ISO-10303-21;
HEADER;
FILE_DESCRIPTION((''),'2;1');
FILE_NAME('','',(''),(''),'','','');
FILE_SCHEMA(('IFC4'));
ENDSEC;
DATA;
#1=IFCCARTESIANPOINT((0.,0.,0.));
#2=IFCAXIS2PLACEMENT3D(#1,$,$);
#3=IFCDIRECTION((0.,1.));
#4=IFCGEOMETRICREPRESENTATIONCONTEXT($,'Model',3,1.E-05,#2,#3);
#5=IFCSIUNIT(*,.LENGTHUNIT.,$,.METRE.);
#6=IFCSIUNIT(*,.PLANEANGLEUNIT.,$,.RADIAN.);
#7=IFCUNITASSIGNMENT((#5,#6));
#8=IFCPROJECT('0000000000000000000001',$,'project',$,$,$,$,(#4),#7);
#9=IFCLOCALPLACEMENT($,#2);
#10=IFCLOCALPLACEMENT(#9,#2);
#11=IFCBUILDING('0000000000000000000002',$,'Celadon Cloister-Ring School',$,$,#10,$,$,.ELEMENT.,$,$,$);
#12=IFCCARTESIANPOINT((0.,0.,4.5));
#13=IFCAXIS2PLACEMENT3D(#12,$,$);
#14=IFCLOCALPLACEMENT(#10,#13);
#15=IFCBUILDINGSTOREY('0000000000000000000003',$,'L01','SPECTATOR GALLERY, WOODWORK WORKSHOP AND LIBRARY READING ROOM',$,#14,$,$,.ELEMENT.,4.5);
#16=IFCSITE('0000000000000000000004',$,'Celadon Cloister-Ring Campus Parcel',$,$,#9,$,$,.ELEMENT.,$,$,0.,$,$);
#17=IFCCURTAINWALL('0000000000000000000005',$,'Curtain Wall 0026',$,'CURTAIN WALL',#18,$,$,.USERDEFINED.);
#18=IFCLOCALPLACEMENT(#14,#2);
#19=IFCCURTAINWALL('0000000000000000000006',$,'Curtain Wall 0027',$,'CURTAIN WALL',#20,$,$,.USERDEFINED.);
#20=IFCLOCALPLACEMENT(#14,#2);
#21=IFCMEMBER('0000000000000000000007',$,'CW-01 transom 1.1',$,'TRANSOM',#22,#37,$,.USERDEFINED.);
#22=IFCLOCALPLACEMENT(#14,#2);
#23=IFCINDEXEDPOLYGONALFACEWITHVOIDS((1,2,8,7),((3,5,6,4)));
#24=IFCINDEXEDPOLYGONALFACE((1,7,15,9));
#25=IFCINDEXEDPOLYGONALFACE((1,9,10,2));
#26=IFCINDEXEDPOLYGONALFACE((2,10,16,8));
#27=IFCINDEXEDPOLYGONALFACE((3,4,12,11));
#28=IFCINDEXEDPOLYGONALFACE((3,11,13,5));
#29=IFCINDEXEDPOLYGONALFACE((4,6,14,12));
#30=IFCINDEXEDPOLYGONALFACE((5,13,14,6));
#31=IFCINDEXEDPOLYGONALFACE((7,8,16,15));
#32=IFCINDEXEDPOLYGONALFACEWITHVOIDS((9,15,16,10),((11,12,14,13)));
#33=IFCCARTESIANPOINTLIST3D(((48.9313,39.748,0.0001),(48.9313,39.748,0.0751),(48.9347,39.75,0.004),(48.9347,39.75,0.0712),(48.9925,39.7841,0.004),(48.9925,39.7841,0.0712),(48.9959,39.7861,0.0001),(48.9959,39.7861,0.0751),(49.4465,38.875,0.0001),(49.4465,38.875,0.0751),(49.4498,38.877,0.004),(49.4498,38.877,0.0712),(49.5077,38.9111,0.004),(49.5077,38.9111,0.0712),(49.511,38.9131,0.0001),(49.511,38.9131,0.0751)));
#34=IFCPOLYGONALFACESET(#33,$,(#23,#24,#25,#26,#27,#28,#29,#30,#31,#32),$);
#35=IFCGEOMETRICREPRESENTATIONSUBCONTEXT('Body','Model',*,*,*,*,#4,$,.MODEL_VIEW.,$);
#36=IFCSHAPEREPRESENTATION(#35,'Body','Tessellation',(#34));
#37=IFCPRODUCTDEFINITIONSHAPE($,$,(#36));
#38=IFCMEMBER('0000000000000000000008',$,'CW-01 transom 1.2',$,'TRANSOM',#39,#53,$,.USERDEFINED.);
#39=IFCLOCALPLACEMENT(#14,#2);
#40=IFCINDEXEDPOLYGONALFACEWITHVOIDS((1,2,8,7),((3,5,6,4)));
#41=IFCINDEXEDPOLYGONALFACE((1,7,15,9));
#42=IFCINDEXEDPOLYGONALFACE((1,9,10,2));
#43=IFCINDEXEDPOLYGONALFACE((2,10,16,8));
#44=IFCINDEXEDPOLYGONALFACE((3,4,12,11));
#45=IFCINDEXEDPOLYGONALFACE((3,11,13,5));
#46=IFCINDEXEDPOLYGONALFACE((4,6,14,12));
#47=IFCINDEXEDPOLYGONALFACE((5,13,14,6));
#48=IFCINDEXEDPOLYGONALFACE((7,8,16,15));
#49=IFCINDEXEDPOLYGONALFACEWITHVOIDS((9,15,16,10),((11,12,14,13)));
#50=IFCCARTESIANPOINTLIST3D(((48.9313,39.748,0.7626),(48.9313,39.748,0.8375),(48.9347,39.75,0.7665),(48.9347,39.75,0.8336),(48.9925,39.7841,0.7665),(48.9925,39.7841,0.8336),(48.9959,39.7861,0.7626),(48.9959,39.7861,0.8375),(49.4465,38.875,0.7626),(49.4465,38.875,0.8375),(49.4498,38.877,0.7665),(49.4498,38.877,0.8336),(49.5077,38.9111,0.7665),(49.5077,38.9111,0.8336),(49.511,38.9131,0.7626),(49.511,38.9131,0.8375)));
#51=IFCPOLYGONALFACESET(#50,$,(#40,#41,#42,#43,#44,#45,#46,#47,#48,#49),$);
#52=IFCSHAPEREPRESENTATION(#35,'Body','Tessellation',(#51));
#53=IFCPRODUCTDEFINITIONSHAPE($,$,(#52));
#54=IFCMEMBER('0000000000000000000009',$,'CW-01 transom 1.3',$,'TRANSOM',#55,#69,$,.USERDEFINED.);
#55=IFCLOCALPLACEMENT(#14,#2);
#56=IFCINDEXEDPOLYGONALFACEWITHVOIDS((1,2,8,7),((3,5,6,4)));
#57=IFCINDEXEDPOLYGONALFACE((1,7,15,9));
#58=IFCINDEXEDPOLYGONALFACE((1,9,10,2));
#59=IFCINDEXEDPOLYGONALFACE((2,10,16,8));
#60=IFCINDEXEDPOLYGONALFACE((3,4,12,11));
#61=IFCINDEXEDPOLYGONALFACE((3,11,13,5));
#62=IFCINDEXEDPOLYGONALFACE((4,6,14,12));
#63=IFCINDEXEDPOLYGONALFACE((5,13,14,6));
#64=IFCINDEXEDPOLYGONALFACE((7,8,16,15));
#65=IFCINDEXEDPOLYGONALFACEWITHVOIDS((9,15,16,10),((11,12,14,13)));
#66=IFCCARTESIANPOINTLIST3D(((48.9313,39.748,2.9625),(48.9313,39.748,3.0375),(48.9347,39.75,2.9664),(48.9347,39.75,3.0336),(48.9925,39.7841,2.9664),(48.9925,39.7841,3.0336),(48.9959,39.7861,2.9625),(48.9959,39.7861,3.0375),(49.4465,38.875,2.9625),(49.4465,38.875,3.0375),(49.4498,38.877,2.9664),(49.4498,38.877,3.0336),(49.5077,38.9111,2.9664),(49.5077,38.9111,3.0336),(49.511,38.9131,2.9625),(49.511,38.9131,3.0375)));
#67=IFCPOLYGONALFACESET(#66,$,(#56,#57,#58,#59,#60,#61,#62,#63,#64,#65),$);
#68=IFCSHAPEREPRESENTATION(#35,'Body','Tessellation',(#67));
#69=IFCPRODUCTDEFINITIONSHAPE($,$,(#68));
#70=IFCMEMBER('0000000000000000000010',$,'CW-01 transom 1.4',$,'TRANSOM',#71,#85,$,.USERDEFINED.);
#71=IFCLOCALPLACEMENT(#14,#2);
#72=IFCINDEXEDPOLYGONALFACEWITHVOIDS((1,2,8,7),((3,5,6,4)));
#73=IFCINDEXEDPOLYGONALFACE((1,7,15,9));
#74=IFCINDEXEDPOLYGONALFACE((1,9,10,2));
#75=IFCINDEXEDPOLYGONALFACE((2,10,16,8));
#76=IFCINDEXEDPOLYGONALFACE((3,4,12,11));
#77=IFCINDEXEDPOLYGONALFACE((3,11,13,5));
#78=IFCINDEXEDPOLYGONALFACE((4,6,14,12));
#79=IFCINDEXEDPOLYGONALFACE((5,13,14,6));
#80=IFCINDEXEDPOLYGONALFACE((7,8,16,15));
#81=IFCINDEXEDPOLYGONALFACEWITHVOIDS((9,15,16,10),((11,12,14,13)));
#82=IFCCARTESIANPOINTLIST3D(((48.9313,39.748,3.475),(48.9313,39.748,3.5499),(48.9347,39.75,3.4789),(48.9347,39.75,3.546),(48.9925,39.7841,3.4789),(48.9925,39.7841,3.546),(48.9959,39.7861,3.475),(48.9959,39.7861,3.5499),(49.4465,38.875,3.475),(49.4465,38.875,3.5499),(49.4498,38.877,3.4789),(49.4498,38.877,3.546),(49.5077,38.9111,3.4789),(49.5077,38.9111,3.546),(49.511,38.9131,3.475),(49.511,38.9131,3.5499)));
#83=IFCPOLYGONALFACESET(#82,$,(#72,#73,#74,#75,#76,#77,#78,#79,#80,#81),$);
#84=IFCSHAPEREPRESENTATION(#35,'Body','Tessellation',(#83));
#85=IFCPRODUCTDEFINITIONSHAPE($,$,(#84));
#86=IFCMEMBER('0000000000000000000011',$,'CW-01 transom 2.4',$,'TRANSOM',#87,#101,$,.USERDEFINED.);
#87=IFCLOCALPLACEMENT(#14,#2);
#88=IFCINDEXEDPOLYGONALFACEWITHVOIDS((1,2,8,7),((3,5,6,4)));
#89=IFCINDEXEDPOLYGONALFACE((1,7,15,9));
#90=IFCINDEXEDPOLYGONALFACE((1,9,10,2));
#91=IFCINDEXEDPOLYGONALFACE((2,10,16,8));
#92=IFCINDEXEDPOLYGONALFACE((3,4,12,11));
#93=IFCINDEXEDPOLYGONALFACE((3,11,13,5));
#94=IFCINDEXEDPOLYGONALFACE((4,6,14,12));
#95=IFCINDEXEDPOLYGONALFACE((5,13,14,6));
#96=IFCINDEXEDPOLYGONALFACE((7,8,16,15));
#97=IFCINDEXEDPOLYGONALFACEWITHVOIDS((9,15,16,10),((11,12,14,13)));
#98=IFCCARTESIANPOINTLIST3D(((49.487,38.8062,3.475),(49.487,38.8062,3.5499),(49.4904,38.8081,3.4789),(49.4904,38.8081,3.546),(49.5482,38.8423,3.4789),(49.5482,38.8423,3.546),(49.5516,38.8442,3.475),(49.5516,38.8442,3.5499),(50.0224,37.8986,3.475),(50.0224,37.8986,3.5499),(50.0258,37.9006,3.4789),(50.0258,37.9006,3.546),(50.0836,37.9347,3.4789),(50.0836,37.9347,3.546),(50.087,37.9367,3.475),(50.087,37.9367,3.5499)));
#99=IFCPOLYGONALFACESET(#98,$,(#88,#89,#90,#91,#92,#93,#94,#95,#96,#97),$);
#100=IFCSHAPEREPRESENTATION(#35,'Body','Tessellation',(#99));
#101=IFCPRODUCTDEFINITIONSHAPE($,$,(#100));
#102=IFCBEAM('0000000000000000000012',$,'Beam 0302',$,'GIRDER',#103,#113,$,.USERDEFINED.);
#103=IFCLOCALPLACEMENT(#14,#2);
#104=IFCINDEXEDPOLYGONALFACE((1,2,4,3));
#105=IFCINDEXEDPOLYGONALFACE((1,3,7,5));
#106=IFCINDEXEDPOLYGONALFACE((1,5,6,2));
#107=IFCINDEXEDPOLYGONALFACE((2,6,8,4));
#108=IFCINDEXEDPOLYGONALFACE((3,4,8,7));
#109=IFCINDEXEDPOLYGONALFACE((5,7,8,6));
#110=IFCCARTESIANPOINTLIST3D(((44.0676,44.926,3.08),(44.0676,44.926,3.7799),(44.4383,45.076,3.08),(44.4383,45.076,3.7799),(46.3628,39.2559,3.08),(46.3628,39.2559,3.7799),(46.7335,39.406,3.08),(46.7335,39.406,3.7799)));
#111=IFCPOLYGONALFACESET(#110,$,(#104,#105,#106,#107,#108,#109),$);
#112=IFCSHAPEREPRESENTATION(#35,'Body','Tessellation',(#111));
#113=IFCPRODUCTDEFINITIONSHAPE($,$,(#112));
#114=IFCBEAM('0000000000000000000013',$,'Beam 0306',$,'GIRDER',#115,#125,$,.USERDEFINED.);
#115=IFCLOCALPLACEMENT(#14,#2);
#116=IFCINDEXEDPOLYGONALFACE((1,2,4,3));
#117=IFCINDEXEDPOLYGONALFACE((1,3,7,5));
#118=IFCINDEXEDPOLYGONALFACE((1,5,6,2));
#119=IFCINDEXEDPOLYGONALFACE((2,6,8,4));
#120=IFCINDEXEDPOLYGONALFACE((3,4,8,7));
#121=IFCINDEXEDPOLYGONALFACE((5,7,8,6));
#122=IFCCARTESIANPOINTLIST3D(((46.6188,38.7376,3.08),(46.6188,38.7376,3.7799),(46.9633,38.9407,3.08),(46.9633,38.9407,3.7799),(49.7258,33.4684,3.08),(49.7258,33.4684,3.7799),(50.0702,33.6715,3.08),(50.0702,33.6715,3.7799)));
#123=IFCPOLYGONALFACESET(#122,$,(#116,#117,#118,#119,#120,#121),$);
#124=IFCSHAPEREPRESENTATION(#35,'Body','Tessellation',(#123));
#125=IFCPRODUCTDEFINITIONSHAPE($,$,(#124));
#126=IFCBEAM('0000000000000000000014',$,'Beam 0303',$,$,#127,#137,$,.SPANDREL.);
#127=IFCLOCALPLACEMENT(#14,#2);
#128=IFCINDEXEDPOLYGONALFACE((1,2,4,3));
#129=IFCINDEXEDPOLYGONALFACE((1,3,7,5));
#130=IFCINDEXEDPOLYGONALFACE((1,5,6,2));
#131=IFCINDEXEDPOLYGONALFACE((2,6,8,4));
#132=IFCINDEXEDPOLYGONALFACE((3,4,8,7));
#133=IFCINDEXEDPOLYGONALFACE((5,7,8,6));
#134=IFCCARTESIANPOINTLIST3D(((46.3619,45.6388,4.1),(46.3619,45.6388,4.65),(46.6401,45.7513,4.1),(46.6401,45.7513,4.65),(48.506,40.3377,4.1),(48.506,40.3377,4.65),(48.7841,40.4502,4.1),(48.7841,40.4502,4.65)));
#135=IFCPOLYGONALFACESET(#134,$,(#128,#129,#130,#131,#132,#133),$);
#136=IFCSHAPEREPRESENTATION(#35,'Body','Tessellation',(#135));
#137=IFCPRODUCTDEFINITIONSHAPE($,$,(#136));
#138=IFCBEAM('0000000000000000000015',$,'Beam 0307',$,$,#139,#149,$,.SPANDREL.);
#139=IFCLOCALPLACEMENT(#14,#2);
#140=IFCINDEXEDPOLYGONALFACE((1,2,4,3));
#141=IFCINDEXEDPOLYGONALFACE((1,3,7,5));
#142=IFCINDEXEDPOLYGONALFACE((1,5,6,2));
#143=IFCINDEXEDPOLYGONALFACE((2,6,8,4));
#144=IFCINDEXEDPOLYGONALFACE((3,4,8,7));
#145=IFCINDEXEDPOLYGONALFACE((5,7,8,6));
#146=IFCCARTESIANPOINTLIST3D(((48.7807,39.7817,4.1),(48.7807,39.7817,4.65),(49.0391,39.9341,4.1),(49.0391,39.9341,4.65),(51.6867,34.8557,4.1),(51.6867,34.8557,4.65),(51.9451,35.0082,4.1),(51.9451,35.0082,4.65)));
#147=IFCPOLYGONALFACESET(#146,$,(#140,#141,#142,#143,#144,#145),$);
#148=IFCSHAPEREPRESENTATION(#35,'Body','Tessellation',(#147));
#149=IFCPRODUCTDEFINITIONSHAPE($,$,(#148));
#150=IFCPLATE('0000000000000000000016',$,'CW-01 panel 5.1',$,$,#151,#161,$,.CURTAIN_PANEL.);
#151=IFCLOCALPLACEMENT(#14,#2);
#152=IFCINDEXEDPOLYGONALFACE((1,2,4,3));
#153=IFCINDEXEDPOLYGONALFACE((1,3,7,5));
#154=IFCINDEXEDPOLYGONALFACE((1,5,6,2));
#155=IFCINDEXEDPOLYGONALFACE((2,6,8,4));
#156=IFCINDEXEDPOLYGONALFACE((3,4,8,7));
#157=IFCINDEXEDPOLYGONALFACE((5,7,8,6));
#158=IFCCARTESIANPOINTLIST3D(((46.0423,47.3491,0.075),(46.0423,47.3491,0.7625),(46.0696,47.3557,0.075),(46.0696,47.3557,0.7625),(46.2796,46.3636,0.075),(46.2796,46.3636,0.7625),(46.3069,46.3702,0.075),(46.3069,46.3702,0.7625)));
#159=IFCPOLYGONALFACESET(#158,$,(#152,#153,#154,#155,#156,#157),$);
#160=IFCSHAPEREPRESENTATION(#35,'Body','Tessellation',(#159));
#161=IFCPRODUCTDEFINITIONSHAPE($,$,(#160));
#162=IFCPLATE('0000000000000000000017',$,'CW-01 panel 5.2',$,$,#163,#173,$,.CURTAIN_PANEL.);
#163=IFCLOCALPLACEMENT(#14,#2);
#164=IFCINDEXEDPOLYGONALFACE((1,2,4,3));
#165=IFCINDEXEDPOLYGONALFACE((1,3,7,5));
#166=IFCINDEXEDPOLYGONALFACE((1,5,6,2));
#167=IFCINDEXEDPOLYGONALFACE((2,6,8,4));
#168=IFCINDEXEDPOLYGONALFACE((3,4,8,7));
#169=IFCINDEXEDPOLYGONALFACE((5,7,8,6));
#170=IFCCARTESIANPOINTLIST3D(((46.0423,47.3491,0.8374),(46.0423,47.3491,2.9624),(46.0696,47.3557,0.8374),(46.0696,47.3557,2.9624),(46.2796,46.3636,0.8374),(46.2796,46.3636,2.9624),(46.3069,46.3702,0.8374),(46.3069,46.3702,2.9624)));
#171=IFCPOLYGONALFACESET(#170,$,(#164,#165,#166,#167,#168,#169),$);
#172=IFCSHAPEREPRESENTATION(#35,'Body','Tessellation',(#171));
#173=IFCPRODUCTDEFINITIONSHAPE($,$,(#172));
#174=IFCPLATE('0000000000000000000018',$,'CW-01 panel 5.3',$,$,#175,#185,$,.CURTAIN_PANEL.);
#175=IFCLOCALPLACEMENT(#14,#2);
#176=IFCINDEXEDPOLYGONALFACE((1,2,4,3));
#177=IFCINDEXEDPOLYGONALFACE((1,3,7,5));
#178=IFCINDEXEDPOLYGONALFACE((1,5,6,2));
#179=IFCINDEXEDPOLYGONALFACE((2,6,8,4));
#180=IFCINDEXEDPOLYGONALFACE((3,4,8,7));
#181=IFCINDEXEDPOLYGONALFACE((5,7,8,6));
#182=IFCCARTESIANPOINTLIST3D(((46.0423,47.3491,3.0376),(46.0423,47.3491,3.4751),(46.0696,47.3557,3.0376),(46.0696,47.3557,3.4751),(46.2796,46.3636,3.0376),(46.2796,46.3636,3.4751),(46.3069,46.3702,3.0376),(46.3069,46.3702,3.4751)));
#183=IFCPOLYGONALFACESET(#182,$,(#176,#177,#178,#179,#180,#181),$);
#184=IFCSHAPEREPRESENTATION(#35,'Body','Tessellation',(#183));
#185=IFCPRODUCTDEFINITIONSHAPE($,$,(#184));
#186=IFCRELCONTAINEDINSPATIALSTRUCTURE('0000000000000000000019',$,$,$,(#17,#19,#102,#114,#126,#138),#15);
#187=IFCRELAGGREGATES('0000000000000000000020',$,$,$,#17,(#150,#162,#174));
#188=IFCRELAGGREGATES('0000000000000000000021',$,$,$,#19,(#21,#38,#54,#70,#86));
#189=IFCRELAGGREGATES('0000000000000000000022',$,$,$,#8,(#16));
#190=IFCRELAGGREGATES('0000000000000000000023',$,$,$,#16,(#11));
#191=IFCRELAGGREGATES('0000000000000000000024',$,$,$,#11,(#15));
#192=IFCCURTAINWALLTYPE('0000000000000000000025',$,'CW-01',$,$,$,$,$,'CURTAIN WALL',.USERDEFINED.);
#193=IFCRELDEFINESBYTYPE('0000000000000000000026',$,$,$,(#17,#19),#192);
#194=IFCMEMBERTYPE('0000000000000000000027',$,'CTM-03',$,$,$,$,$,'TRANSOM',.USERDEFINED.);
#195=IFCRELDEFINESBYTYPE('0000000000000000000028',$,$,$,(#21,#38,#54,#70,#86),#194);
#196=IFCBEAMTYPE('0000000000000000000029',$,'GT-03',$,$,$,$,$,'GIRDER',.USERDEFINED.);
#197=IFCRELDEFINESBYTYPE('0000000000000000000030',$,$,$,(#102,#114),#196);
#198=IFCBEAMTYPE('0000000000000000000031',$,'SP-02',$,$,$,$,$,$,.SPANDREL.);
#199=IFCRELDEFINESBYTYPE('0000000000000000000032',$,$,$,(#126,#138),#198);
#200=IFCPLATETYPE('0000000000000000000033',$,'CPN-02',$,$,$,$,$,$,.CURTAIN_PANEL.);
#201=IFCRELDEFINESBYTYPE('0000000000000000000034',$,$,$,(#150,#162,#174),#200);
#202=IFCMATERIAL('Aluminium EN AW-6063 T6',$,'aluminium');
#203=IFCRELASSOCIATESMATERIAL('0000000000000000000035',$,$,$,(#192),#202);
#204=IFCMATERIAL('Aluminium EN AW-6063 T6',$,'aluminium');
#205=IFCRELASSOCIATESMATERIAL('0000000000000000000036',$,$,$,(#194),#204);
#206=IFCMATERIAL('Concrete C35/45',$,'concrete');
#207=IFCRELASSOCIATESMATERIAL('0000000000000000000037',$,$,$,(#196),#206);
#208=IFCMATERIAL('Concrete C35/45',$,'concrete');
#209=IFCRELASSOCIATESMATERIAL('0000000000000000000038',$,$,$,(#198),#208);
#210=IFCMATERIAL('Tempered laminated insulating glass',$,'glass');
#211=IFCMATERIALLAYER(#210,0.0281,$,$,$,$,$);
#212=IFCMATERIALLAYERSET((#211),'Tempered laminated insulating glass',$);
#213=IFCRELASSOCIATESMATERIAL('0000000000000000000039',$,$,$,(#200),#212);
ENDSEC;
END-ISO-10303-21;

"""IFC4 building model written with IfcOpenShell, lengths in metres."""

from ifc_helpers import new_model, si_unit, direction, frame, origin, origin_2d, place, context, subcontext, project, spatial, rectangle, hollow_rectangle, extrude, material, layer, layer_set, material_profile, profile_set, type_object, element, aggregate, save


model = new_model("IFC4")

# Units and contexts
model_context = context("Model", 3, precision=1e-05, world=origin(), true_north=direction((0.0, 1.0)))
body_context = subcontext(model_context, "Body", "Model", "MODEL_VIEW")
ifc_project = project(units=[si_unit("LENGTHUNIT", "METRE"), si_unit("PLANEANGLEUNIT", "RADIAN")], contexts=[model_context])

# Site, building, storey
site_placement = place(None, origin())
site = spatial("IfcSite", under=ifc_project, at=site_placement, Name="Celadon Cloister-Ring Campus Parcel", CompositionType="ELEMENT", RefElevation=0.0)
building_placement = place(site_placement, origin())
building = spatial("IfcBuilding", under=site, at=building_placement, Name="Celadon Cloister-Ring School", CompositionType="ELEMENT")
storey_placement = place(building_placement, frame((0.0, 0.0, 4.5)))
storey = spatial("IfcBuildingStorey", under=building, at=storey_placement, Name="L01", Description="SPECTATOR GALLERY, WOODWORK WORKSHOP AND LIBRARY READING ROOM", CompositionType="ELEMENT", Elevation=4.5)

# Curtain wall
ifc_material_1 = material(Name="Aluminium EN AW-6063 T6", Category="aluminium")
curtain_wall_type = type_object("IfcCurtainWallType", Name="CW-01", ElementType="CURTAIN WALL", PredefinedType="USERDEFINED", material=ifc_material_1)
curtain_wall_1_placement = place(storey_placement, origin())
curtain_wall_1 = element("IfcCurtainWall", 1, at=curtain_wall_1_placement, inside=storey, type_object=curtain_wall_type, Name="Curtain Wall 0026", ObjectType="CURTAIN WALL", PredefinedType="USERDEFINED")

# Curtain wall
curtain_wall_2_placement = place(storey_placement, origin())
curtain_wall_2 = element("IfcCurtainWall", 2, at=curtain_wall_2_placement, inside=storey, type_object=curtain_wall_type, Name="Curtain Wall 0027", ObjectType="CURTAIN WALL", PredefinedType="USERDEFINED")

# Members
ifc_material_2 = material(Name="Aluminium EN AW-6063 T6", Category="aluminium")
ifc_material_profile_1 = material_profile(ifc_material_2, hollow_rectangle(XDim=0.075, YDim=0.075, WallThickness=0.0039, at=origin_2d()), Name="RHS75X75X4")
ifc_profile_set_1 = profile_set([ifc_material_profile_1], Name="Aluminium EN AW-6063 T6")
member_type_1 = type_object("IfcMemberType", Name="CTM-03", ElementType="TRANSOM", PredefinedType="USERDEFINED", material=ifc_profile_set_1)
member_1_placement = place(storey_placement, frame((48.9636, 39.7671, 0.0376), z_axis=(0.508177, -0.861252, 0.0), x_axis=(0.861252, 0.508177, 0.0)))
member_1 = element("IfcMember", 3, at=member_1_placement, type_object=member_type_1, Name="CW-01 transom 1.1", ObjectType="TRANSOM", PredefinedType="USERDEFINED", context=body_context, shape_type="SweptSolid", body=[
    extrude(hollow_rectangle(XDim=0.075, YDim=0.075, WallThickness=0.0039, at=origin_2d()), origin(), (0.0, 0.0, 1.0), 1.0137),
])
member_2_placement = place(storey_placement, frame((48.9636, 39.7671, 0.8), z_axis=(0.508177, -0.861252, 0.0), x_axis=(0.861252, 0.508177, 0.0)))
member_2 = element("IfcMember", 4, at=member_2_placement, type_object=member_type_1, Name="CW-01 transom 1.2", ObjectType="TRANSOM", PredefinedType="USERDEFINED", context=body_context, shape_type="SweptSolid", body=[
    extrude(hollow_rectangle(XDim=0.075, YDim=0.075, WallThickness=0.0039, at=origin_2d()), origin(), (0.0, 0.0, 1.0), 1.0137),
])
member_3_placement = place(storey_placement, frame((48.9636, 39.7671, 3.0), z_axis=(0.508177, -0.861252, 0.0), x_axis=(0.861252, 0.508177, 0.0)))
member_3 = element("IfcMember", 5, at=member_3_placement, type_object=member_type_1, Name="CW-01 transom 1.3", ObjectType="TRANSOM", PredefinedType="USERDEFINED", context=body_context, shape_type="SweptSolid", body=[
    extrude(hollow_rectangle(XDim=0.075, YDim=0.075, WallThickness=0.0039, at=origin_2d()), origin(), (0.0, 0.0, 1.0), 1.0137),
])
member_4_placement = place(storey_placement, frame((48.9636, 39.7671, 3.5125), z_axis=(0.508177, -0.861252, 0.0), x_axis=(0.861252, 0.508177, 0.0)))
member_4 = element("IfcMember", 6, at=member_4_placement, type_object=member_type_1, Name="CW-01 transom 1.4", ObjectType="TRANSOM", PredefinedType="USERDEFINED", context=body_context, shape_type="SweptSolid", body=[
    extrude(hollow_rectangle(XDim=0.075, YDim=0.075, WallThickness=0.0039, at=origin_2d()), origin(), (0.0, 0.0, 1.0), 1.0137),
])
member_5_placement = place(storey_placement, frame((49.5193, 38.8252, 3.5125), z_axis=(0.508144, -0.861272, 0.0), x_axis=(0.861272, 0.508144, 0.0)))
member_5 = element("IfcMember", 7, at=member_5_placement, type_object=member_type_1, Name="CW-01 transom 2.4", ObjectType="TRANSOM", PredefinedType="USERDEFINED", context=body_context, shape_type="SweptSolid", body=[
    extrude(hollow_rectangle(XDim=0.075, YDim=0.075, WallThickness=0.0039, at=origin_2d()), origin(), (0.0, 0.0, 1.0), 1.0537),
])

# Beams
ifc_material_3 = material(Name="Concrete C35/45", Category="concrete")
ifc_material_profile_2 = material_profile(ifc_material_3, rectangle(XDim=0.3999, YDim=0.7, at=origin_2d()), Name="RC400X700")
ifc_profile_set_2 = profile_set([ifc_material_profile_2], Name="Concrete C35/45")
beam_type_1 = type_object("IfcBeamType", Name="GT-03", ElementType="GIRDER", PredefinedType="USERDEFINED", material=ifc_profile_set_2)
for number, where, z_axis, x_axis, name in (
    (8, (44.2529, 45.001, 3.4299), (0.375221, -0.926936, 0.0), (0.926936, 0.375221, 0.0), "Beam 0302"),
    (9, (46.791, 38.8391, 3.4299), (0.50793, -0.861398, 0.0), (0.861398, 0.50793, 0.0), "Beam 0306"),
):
    element("IfcBeam", number, at=place(storey_placement, frame(where, z_axis=z_axis, x_axis=x_axis)), inside=storey, type_object=beam_type_1, Name=name, ObjectType="GIRDER", PredefinedType="USERDEFINED", context=body_context, shape_type="SweptSolid", body=[
        extrude(rectangle(XDim=0.3999, YDim=0.7, at=origin_2d()), origin(), (0.0, 0.0, 1.0), 6.1169),
    ])
ifc_material_4 = material(Name="Concrete C35/45", Category="concrete")
ifc_material_profile_3 = material_profile(ifc_material_4, rectangle(XDim=0.3, YDim=0.55, at=origin_2d()), Name="RC300X550")
ifc_profile_set_3 = profile_set([ifc_material_profile_3], Name="Concrete C35/45")
beam_type_2 = type_object("IfcBeamType", Name="SP-02", PredefinedType="SPANDREL", material=ifc_profile_set_3)
beam_1_placement = place(storey_placement, frame((46.501, 45.6951, 4.375), z_axis=(0.374951, -0.927045, 0.0), x_axis=(0.927045, 0.374951, 0.0)))
element("IfcBeam", 10, at=beam_1_placement, inside=storey, type_object=beam_type_2, Name="Beam 0303", PredefinedType="SPANDREL", context=body_context, shape_type="SweptSolid", body=[
    extrude(rectangle(XDim=0.3, YDim=0.55, at=origin_2d()), origin(), (0.0, 0.0, 1.0), 5.7183),
])
beam_2_placement = place(storey_placement, frame((48.9099, 39.8579, 4.375), z_axis=(0.508104, -0.861296, 0.0), x_axis=(0.861296, 0.508104, 0.0)))
element("IfcBeam", 11, at=beam_2_placement, inside=storey, type_object=beam_type_2, Name="Beam 0307", PredefinedType="SPANDREL", context=body_context, shape_type="SweptSolid", body=[
    extrude(rectangle(XDim=0.3, YDim=0.55, at=origin_2d()), origin(), (0.0, 0.0, 1.0), 5.7192),
])

# Plates
ifc_material_5 = material(Name="Tempered laminated insulating glass", Category="glass")
ifc_layer_1 = layer(ifc_material_5, 0.0281)
ifc_layer_set_1 = layer_set([ifc_layer_1], Name="Tempered laminated insulating glass")
plate_type = type_object("IfcPlateType", Name="CPN-02", PredefinedType="CURTAIN_PANEL", material=ifc_layer_set_1)
plate_1_placement = place(storey_placement, frame((46.1746, 46.8596, 0.075), z_axis=(0.0, 0.0, 1.0), x_axis=(0.2341, -0.972212, 0.0)))
plate_1 = element("IfcPlate", 12, at=plate_1_placement, type_object=plate_type, Name="CW-01 panel 5.1", PredefinedType="CURTAIN_PANEL", context=body_context, shape_type="SweptSolid", body=[
    extrude(rectangle(XDim=1.0137, YDim=0.0281, at=origin_2d()), origin(), (0.0, 0.0, 1.0), 0.6875),
])
plate_2_placement = place(storey_placement, frame((46.1746, 46.8596, 0.8374), z_axis=(0.0, 0.0, 1.0), x_axis=(0.2341, -0.972212, 0.0)))
plate_2 = element("IfcPlate", 13, at=plate_2_placement, type_object=plate_type, Name="CW-01 panel 5.2", PredefinedType="CURTAIN_PANEL", context=body_context, shape_type="SweptSolid", body=[
    extrude(rectangle(XDim=1.0137, YDim=0.0281, at=origin_2d()), origin(), (0.0, 0.0, 1.0), 2.125),
])
plate_3_placement = place(storey_placement, frame((46.1746, 46.8596, 3.0376), z_axis=(0.0, 0.0, 1.0), x_axis=(0.2341, -0.972212, 0.0)))
plate_3 = element("IfcPlate", 14, at=plate_3_placement, type_object=plate_type, Name="CW-01 panel 5.3", PredefinedType="CURTAIN_PANEL", context=body_context, shape_type="SweptSolid", body=[
    extrude(rectangle(XDim=1.0137, YDim=0.0281, at=origin_2d()), origin(), (0.0, 0.0, 1.0), 0.4375),
])
aggregate(curtain_wall_1, [plate_1, plate_2, plate_3])
aggregate(curtain_wall_2, [member_1, member_2, member_3, member_4, member_5])

save(model, "model.ifc")
